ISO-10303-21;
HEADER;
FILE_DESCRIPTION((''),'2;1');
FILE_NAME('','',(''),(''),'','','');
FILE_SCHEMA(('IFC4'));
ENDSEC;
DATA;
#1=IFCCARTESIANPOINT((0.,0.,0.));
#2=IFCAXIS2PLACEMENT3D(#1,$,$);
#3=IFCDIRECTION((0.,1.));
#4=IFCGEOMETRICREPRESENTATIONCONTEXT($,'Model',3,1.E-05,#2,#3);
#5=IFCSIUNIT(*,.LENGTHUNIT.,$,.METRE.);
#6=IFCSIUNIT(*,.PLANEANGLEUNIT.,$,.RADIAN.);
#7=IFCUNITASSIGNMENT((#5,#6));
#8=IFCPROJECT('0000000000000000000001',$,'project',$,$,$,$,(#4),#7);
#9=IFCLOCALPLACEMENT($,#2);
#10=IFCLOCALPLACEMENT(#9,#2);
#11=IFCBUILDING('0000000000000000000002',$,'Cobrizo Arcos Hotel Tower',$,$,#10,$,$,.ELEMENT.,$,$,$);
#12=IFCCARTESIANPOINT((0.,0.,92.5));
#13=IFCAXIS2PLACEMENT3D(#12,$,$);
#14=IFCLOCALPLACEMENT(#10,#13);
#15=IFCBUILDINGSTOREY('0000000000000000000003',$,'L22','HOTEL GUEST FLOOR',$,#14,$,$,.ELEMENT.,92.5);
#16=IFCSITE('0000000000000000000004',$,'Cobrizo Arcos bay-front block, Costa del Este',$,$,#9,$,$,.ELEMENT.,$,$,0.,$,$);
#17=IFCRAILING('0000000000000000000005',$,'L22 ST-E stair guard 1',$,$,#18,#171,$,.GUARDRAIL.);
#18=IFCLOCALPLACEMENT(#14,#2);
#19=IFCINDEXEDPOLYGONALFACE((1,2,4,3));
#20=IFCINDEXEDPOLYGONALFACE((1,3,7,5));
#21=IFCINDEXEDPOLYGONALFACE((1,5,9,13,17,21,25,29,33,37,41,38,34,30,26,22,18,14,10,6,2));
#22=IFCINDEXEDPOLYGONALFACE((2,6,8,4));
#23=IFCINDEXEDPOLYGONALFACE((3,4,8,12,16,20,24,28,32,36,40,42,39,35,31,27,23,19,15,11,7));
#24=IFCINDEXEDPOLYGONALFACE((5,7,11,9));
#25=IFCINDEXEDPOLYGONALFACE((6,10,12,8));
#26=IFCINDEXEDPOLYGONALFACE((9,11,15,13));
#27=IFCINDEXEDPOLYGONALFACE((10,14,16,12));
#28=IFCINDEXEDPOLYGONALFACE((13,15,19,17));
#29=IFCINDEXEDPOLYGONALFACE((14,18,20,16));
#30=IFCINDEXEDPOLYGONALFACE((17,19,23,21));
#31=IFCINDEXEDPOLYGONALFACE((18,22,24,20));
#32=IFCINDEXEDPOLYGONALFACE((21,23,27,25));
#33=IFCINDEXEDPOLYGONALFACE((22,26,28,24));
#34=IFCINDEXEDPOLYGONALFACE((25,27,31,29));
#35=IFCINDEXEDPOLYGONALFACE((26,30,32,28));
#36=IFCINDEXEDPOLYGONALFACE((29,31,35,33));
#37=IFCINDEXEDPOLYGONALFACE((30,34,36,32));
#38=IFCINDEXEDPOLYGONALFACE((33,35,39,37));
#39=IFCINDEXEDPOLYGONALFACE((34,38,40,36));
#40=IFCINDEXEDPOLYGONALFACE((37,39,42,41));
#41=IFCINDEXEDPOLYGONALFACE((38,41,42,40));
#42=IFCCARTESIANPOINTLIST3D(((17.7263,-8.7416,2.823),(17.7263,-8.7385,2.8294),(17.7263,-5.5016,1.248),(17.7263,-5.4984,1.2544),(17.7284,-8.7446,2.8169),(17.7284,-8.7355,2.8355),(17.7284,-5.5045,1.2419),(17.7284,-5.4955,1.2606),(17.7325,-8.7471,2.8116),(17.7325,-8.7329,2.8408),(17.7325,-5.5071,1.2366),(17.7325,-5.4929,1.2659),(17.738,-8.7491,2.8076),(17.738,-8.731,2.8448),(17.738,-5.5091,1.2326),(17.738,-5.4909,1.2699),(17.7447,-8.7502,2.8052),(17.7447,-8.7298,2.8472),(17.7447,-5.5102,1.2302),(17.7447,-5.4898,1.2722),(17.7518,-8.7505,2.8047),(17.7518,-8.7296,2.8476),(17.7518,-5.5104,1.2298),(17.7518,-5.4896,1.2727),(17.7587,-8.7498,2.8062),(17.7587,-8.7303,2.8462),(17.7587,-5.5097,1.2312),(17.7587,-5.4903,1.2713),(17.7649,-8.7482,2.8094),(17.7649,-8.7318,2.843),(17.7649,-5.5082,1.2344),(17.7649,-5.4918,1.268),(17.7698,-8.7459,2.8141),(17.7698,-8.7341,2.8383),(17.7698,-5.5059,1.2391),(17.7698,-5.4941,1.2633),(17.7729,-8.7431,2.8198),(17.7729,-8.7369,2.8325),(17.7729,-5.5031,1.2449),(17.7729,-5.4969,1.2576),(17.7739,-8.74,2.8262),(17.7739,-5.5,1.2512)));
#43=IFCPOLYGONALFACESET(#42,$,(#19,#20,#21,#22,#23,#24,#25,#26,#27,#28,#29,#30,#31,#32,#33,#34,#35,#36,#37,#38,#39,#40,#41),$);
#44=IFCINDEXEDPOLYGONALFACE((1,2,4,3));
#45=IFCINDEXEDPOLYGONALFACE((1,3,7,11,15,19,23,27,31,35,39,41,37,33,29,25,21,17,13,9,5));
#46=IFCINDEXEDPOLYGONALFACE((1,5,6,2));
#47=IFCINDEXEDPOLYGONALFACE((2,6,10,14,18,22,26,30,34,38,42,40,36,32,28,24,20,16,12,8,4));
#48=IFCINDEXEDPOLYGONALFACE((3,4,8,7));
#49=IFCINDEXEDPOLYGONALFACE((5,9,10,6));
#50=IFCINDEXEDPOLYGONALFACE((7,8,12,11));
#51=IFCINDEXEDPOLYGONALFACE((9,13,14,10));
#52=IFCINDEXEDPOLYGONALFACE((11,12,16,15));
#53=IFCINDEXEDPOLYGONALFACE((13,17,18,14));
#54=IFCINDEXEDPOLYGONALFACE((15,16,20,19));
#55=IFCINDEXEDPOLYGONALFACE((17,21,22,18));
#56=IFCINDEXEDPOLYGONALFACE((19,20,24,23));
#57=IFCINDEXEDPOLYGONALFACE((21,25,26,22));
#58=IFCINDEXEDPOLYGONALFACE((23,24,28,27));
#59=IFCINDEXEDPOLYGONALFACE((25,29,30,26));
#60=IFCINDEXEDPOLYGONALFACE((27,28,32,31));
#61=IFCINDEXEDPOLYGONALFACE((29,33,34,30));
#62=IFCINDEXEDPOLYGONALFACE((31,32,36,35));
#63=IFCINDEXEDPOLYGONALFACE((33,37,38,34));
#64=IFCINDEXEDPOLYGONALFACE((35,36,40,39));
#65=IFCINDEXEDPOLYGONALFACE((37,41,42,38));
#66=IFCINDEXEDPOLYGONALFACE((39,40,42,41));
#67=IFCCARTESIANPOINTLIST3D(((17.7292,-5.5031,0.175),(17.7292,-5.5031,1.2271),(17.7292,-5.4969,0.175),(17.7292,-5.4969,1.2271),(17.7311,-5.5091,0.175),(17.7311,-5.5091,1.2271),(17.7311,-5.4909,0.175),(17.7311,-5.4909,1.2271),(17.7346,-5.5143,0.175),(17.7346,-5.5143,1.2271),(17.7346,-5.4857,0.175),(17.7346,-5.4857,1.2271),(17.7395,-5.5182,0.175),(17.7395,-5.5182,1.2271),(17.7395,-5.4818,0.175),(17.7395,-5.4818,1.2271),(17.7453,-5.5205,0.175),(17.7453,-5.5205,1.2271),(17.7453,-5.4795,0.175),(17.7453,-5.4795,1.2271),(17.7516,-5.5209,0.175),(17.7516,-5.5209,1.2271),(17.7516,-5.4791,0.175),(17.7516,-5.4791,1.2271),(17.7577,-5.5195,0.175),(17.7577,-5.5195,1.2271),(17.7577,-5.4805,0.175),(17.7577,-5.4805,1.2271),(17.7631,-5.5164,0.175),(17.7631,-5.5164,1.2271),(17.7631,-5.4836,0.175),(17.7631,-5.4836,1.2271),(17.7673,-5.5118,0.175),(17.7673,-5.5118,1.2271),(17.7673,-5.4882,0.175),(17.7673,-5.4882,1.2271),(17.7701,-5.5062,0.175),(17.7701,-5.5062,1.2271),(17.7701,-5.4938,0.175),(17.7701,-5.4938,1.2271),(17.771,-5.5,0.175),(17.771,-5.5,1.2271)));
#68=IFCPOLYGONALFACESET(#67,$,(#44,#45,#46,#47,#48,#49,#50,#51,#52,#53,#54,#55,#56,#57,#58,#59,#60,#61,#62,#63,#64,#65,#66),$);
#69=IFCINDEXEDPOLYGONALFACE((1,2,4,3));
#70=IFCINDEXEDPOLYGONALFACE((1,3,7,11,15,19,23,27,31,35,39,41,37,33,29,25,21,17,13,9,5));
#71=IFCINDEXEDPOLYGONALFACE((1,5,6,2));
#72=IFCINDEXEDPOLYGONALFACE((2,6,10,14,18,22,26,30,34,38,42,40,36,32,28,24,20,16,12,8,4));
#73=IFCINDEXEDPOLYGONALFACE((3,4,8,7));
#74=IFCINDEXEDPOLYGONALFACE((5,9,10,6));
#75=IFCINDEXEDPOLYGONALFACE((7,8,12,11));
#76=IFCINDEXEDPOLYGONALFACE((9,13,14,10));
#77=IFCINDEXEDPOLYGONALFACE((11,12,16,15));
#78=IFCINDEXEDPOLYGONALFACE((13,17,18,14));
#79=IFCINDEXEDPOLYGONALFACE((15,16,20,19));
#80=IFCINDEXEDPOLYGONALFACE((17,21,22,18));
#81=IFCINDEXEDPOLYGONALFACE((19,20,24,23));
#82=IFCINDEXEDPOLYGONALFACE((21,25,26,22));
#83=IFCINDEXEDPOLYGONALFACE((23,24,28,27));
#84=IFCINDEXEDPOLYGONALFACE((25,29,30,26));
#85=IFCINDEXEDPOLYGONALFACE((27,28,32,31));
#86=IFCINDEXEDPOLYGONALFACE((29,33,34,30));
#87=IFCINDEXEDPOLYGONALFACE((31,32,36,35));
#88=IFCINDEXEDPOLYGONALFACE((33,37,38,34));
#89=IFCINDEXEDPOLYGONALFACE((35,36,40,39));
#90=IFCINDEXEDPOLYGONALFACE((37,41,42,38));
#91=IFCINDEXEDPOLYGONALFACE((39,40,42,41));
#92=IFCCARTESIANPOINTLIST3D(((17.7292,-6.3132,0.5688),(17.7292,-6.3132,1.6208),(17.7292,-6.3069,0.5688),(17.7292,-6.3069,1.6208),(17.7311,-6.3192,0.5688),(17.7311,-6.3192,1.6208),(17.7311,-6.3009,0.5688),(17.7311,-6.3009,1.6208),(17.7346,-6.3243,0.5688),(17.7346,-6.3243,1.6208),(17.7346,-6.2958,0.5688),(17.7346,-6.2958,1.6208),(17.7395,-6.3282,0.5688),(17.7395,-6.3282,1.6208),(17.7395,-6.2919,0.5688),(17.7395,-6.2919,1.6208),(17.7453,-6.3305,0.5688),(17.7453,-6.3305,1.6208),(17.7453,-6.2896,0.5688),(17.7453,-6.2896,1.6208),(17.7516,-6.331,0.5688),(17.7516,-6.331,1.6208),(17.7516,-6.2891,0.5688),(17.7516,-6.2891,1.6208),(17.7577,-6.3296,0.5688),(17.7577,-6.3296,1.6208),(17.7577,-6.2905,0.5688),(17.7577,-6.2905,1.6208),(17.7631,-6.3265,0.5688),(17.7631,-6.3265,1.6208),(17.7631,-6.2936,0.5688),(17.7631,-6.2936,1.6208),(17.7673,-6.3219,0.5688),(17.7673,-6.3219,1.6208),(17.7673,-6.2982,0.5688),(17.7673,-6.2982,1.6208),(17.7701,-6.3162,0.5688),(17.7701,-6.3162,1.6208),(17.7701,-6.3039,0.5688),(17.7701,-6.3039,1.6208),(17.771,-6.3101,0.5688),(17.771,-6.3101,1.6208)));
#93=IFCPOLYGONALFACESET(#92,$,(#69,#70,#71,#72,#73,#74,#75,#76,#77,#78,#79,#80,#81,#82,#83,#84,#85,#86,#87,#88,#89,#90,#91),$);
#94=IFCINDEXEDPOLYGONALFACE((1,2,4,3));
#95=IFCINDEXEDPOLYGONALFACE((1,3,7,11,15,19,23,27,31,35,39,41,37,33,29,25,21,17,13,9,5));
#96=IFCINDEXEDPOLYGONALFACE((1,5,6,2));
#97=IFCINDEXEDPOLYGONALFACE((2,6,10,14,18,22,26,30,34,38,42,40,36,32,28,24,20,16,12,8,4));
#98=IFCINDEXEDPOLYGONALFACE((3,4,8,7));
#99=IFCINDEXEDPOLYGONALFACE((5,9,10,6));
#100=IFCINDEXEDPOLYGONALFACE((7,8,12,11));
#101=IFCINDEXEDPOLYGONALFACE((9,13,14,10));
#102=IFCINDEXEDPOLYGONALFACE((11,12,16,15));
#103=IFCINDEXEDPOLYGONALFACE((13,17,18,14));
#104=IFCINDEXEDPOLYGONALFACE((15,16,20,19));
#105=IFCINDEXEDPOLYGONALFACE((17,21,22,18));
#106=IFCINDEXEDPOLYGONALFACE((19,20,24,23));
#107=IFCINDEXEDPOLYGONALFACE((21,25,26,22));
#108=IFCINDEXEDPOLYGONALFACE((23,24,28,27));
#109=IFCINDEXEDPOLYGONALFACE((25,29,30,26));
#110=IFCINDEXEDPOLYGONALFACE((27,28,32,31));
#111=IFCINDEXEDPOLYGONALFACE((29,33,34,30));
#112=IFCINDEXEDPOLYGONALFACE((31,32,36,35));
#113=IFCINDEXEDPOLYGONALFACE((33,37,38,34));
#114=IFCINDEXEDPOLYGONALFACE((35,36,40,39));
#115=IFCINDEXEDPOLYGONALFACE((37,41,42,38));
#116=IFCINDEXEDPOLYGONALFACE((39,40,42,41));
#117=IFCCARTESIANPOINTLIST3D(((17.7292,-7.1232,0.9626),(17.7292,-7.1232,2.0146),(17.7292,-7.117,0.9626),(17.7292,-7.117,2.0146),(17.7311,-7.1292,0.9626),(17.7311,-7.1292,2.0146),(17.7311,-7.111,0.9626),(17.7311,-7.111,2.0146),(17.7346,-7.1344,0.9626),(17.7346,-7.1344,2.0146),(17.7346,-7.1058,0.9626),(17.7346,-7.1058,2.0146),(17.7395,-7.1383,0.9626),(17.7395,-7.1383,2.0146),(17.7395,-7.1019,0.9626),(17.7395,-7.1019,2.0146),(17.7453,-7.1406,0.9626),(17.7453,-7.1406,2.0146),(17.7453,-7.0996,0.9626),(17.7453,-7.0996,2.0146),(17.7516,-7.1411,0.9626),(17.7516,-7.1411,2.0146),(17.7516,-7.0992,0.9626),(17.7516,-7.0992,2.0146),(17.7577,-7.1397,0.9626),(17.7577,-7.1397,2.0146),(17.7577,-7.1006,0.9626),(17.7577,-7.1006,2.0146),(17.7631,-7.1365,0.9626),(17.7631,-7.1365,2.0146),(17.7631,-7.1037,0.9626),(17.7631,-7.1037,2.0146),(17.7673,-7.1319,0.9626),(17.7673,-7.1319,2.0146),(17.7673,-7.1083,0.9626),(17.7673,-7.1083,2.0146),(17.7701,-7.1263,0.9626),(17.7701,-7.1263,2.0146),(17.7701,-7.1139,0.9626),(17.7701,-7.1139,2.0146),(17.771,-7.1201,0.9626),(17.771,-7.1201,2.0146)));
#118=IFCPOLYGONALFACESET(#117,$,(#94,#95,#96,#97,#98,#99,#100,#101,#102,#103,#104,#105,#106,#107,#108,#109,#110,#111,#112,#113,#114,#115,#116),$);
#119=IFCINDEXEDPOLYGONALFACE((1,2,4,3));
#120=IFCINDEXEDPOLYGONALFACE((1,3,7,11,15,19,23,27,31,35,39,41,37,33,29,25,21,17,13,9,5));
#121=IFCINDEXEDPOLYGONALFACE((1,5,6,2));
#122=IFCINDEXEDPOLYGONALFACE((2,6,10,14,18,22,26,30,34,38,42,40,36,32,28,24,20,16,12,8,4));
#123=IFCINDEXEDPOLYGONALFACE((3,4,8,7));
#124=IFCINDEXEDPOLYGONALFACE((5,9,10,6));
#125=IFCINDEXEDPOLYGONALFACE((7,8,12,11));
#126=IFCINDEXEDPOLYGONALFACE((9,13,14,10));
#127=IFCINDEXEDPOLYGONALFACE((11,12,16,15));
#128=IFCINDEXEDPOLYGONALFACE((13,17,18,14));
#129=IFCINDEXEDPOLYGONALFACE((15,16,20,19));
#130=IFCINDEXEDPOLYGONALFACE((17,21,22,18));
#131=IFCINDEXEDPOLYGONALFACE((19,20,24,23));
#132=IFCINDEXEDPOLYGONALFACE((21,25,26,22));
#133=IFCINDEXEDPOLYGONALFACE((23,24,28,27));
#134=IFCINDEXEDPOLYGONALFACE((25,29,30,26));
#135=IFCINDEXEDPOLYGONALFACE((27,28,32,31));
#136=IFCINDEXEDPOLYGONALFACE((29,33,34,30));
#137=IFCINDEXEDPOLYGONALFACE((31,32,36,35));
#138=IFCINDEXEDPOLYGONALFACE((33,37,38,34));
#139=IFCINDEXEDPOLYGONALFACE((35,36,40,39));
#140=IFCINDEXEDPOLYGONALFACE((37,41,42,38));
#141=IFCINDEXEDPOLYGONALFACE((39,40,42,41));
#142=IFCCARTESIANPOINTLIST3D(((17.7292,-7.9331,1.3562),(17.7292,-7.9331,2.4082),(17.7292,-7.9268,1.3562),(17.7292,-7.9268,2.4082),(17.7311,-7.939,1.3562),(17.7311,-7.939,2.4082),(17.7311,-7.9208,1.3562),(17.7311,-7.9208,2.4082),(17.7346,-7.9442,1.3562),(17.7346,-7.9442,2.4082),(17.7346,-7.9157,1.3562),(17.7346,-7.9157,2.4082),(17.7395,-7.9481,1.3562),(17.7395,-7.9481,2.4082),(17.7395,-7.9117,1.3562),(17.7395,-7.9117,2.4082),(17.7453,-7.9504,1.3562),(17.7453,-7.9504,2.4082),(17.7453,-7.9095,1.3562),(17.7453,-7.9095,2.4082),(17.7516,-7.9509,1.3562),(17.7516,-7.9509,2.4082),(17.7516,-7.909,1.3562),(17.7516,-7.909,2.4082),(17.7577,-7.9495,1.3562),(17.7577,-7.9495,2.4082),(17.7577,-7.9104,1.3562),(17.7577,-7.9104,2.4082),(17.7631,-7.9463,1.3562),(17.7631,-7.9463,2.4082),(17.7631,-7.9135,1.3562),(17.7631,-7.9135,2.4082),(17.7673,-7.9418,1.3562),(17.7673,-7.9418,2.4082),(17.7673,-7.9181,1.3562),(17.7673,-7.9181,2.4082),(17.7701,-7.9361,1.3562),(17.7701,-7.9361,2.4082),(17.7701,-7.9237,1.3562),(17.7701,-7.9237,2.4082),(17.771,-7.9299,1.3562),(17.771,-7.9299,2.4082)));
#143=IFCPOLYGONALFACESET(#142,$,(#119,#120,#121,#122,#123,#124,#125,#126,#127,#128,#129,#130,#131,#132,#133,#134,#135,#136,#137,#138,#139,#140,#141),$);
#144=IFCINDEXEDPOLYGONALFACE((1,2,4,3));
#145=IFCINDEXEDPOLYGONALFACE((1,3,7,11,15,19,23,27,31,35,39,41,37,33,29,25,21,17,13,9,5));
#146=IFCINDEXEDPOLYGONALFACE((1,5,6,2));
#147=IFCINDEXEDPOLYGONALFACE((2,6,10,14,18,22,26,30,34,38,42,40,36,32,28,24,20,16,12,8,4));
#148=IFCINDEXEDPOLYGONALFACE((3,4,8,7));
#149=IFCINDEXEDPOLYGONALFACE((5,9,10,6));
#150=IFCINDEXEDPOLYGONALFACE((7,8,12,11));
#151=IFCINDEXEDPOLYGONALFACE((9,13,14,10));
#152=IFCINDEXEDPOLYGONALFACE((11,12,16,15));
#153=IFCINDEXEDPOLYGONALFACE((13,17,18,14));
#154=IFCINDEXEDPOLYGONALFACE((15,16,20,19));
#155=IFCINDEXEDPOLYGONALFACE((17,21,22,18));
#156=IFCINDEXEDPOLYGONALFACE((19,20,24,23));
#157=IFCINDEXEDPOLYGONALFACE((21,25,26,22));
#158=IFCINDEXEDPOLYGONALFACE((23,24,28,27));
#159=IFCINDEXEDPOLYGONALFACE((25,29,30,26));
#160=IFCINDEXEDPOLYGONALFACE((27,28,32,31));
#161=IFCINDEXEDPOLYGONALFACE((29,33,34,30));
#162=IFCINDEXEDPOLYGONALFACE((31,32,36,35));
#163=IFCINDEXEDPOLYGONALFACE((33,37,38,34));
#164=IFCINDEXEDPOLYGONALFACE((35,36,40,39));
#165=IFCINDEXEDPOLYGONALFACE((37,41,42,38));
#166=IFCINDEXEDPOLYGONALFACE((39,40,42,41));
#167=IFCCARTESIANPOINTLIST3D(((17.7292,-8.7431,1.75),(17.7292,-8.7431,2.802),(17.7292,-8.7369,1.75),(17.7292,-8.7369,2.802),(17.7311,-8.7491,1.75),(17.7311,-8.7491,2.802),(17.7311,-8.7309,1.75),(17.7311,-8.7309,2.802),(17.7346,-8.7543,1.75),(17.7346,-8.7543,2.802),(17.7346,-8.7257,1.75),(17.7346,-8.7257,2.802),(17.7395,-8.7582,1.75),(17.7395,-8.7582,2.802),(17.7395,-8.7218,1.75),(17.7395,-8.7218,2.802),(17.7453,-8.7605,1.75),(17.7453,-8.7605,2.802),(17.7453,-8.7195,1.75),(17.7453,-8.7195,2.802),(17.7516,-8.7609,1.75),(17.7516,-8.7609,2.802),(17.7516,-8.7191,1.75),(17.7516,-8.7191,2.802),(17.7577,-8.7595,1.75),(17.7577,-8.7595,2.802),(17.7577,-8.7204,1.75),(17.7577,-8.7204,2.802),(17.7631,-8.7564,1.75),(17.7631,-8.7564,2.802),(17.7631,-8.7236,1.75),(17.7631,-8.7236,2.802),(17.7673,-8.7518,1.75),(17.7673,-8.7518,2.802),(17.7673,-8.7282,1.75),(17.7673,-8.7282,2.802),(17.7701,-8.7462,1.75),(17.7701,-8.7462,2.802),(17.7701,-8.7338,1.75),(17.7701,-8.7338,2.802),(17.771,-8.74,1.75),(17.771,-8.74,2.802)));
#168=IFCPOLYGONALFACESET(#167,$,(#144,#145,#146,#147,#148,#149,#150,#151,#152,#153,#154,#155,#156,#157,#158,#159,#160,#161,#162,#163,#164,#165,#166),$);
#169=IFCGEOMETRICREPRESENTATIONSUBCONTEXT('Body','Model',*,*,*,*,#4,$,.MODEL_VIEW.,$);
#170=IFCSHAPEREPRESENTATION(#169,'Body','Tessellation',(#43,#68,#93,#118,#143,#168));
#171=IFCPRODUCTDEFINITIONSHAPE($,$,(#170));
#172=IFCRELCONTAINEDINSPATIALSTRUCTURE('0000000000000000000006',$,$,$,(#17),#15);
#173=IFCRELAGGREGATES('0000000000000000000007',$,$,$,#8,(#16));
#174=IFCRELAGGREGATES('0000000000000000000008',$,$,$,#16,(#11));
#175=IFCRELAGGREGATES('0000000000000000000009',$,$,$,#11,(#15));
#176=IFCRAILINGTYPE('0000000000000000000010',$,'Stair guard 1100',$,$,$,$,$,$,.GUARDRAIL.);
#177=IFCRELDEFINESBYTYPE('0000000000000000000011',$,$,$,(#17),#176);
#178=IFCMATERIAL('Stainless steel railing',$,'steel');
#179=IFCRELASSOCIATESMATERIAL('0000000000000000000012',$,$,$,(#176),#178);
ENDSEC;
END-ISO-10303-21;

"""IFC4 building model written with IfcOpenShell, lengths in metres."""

from ifc_helpers import new_model, si_unit, direction, frame, origin, origin_2d, place, context, subcontext, project, spatial, circle, extrude, material, type_object, element, save


model = new_model("IFC4")

# Units and contexts
model_context = context("Model", 3, precision=1e-05, world=origin(), true_north=direction((0.0, 1.0)))
body_context = subcontext(model_context, "Body", "Model", "MODEL_VIEW")
ifc_project = project(units=[si_unit("LENGTHUNIT", "METRE"), si_unit("PLANEANGLEUNIT", "RADIAN")], contexts=[model_context])

# Site, building, storey
site_placement = place(None, origin())
site = spatial("IfcSite", under=ifc_project, at=site_placement, Name="Cobrizo Arcos bay-front block, Costa del Este", CompositionType="ELEMENT", RefElevation=0.0)
building_placement = place(site_placement, origin())
building = spatial("IfcBuilding", under=site, at=building_placement, Name="Cobrizo Arcos Hotel Tower", CompositionType="ELEMENT")
storey_placement = place(building_placement, frame((0.0, 0.0, 92.5)))
storey = spatial("IfcBuildingStorey", under=building, at=storey_placement, Name="L22", Description="HOTEL GUEST FLOOR", CompositionType="ELEMENT", Elevation=92.5)

# Railing
ifc_material_1 = material(Name="Stainless steel railing", Category="steel")
railing_type_1 = type_object("IfcRailingType", Name="Stair guard 1100", PredefinedType="GUARDRAIL", material=ifc_material_1)
railing_1_placement = place(storey_placement, frame((17.75, -5.5, 0.175)))
element("IfcRailing", 1, at=railing_1_placement, inside=storey, type_object=railing_type_1, Name="L22 ST-E stair guard 1", PredefinedType="GUARDRAIL", context=body_context, shape_type="SweptSolid", body=[
    extrude(circle(Radius=0.0239, at=origin_2d()), frame((0.0, 0.0, 1.0762), z_axis=(0.0, -0.899373, 0.437183), x_axis=(1.0, 0.0, 0.0)), (0.0, 0.0, 1.0), 3.6025),
    extrude(circle(Radius=0.021, at=origin_2d()), origin(), (0.0, 0.0, 1.0), 1.052),
    extrude(circle(Radius=0.021, at=origin_2d()), frame((0.0, -0.8101, 0.3938)), (0.0, 0.0, 1.0), 1.052),
    extrude(circle(Radius=0.021, at=origin_2d()), frame((0.0, -1.6201, 0.7876)), (0.0, 0.0, 1.0), 1.052),
    extrude(circle(Radius=0.021, at=origin_2d()), frame((0.0, -2.4299, 1.1812)), (0.0, 0.0, 1.0), 1.052),
    extrude(circle(Radius=0.021, at=origin_2d()), frame((0.0, -3.24, 1.575)), (0.0, 0.0, 1.0), 1.052),
])

save(model, "model.ifc")
